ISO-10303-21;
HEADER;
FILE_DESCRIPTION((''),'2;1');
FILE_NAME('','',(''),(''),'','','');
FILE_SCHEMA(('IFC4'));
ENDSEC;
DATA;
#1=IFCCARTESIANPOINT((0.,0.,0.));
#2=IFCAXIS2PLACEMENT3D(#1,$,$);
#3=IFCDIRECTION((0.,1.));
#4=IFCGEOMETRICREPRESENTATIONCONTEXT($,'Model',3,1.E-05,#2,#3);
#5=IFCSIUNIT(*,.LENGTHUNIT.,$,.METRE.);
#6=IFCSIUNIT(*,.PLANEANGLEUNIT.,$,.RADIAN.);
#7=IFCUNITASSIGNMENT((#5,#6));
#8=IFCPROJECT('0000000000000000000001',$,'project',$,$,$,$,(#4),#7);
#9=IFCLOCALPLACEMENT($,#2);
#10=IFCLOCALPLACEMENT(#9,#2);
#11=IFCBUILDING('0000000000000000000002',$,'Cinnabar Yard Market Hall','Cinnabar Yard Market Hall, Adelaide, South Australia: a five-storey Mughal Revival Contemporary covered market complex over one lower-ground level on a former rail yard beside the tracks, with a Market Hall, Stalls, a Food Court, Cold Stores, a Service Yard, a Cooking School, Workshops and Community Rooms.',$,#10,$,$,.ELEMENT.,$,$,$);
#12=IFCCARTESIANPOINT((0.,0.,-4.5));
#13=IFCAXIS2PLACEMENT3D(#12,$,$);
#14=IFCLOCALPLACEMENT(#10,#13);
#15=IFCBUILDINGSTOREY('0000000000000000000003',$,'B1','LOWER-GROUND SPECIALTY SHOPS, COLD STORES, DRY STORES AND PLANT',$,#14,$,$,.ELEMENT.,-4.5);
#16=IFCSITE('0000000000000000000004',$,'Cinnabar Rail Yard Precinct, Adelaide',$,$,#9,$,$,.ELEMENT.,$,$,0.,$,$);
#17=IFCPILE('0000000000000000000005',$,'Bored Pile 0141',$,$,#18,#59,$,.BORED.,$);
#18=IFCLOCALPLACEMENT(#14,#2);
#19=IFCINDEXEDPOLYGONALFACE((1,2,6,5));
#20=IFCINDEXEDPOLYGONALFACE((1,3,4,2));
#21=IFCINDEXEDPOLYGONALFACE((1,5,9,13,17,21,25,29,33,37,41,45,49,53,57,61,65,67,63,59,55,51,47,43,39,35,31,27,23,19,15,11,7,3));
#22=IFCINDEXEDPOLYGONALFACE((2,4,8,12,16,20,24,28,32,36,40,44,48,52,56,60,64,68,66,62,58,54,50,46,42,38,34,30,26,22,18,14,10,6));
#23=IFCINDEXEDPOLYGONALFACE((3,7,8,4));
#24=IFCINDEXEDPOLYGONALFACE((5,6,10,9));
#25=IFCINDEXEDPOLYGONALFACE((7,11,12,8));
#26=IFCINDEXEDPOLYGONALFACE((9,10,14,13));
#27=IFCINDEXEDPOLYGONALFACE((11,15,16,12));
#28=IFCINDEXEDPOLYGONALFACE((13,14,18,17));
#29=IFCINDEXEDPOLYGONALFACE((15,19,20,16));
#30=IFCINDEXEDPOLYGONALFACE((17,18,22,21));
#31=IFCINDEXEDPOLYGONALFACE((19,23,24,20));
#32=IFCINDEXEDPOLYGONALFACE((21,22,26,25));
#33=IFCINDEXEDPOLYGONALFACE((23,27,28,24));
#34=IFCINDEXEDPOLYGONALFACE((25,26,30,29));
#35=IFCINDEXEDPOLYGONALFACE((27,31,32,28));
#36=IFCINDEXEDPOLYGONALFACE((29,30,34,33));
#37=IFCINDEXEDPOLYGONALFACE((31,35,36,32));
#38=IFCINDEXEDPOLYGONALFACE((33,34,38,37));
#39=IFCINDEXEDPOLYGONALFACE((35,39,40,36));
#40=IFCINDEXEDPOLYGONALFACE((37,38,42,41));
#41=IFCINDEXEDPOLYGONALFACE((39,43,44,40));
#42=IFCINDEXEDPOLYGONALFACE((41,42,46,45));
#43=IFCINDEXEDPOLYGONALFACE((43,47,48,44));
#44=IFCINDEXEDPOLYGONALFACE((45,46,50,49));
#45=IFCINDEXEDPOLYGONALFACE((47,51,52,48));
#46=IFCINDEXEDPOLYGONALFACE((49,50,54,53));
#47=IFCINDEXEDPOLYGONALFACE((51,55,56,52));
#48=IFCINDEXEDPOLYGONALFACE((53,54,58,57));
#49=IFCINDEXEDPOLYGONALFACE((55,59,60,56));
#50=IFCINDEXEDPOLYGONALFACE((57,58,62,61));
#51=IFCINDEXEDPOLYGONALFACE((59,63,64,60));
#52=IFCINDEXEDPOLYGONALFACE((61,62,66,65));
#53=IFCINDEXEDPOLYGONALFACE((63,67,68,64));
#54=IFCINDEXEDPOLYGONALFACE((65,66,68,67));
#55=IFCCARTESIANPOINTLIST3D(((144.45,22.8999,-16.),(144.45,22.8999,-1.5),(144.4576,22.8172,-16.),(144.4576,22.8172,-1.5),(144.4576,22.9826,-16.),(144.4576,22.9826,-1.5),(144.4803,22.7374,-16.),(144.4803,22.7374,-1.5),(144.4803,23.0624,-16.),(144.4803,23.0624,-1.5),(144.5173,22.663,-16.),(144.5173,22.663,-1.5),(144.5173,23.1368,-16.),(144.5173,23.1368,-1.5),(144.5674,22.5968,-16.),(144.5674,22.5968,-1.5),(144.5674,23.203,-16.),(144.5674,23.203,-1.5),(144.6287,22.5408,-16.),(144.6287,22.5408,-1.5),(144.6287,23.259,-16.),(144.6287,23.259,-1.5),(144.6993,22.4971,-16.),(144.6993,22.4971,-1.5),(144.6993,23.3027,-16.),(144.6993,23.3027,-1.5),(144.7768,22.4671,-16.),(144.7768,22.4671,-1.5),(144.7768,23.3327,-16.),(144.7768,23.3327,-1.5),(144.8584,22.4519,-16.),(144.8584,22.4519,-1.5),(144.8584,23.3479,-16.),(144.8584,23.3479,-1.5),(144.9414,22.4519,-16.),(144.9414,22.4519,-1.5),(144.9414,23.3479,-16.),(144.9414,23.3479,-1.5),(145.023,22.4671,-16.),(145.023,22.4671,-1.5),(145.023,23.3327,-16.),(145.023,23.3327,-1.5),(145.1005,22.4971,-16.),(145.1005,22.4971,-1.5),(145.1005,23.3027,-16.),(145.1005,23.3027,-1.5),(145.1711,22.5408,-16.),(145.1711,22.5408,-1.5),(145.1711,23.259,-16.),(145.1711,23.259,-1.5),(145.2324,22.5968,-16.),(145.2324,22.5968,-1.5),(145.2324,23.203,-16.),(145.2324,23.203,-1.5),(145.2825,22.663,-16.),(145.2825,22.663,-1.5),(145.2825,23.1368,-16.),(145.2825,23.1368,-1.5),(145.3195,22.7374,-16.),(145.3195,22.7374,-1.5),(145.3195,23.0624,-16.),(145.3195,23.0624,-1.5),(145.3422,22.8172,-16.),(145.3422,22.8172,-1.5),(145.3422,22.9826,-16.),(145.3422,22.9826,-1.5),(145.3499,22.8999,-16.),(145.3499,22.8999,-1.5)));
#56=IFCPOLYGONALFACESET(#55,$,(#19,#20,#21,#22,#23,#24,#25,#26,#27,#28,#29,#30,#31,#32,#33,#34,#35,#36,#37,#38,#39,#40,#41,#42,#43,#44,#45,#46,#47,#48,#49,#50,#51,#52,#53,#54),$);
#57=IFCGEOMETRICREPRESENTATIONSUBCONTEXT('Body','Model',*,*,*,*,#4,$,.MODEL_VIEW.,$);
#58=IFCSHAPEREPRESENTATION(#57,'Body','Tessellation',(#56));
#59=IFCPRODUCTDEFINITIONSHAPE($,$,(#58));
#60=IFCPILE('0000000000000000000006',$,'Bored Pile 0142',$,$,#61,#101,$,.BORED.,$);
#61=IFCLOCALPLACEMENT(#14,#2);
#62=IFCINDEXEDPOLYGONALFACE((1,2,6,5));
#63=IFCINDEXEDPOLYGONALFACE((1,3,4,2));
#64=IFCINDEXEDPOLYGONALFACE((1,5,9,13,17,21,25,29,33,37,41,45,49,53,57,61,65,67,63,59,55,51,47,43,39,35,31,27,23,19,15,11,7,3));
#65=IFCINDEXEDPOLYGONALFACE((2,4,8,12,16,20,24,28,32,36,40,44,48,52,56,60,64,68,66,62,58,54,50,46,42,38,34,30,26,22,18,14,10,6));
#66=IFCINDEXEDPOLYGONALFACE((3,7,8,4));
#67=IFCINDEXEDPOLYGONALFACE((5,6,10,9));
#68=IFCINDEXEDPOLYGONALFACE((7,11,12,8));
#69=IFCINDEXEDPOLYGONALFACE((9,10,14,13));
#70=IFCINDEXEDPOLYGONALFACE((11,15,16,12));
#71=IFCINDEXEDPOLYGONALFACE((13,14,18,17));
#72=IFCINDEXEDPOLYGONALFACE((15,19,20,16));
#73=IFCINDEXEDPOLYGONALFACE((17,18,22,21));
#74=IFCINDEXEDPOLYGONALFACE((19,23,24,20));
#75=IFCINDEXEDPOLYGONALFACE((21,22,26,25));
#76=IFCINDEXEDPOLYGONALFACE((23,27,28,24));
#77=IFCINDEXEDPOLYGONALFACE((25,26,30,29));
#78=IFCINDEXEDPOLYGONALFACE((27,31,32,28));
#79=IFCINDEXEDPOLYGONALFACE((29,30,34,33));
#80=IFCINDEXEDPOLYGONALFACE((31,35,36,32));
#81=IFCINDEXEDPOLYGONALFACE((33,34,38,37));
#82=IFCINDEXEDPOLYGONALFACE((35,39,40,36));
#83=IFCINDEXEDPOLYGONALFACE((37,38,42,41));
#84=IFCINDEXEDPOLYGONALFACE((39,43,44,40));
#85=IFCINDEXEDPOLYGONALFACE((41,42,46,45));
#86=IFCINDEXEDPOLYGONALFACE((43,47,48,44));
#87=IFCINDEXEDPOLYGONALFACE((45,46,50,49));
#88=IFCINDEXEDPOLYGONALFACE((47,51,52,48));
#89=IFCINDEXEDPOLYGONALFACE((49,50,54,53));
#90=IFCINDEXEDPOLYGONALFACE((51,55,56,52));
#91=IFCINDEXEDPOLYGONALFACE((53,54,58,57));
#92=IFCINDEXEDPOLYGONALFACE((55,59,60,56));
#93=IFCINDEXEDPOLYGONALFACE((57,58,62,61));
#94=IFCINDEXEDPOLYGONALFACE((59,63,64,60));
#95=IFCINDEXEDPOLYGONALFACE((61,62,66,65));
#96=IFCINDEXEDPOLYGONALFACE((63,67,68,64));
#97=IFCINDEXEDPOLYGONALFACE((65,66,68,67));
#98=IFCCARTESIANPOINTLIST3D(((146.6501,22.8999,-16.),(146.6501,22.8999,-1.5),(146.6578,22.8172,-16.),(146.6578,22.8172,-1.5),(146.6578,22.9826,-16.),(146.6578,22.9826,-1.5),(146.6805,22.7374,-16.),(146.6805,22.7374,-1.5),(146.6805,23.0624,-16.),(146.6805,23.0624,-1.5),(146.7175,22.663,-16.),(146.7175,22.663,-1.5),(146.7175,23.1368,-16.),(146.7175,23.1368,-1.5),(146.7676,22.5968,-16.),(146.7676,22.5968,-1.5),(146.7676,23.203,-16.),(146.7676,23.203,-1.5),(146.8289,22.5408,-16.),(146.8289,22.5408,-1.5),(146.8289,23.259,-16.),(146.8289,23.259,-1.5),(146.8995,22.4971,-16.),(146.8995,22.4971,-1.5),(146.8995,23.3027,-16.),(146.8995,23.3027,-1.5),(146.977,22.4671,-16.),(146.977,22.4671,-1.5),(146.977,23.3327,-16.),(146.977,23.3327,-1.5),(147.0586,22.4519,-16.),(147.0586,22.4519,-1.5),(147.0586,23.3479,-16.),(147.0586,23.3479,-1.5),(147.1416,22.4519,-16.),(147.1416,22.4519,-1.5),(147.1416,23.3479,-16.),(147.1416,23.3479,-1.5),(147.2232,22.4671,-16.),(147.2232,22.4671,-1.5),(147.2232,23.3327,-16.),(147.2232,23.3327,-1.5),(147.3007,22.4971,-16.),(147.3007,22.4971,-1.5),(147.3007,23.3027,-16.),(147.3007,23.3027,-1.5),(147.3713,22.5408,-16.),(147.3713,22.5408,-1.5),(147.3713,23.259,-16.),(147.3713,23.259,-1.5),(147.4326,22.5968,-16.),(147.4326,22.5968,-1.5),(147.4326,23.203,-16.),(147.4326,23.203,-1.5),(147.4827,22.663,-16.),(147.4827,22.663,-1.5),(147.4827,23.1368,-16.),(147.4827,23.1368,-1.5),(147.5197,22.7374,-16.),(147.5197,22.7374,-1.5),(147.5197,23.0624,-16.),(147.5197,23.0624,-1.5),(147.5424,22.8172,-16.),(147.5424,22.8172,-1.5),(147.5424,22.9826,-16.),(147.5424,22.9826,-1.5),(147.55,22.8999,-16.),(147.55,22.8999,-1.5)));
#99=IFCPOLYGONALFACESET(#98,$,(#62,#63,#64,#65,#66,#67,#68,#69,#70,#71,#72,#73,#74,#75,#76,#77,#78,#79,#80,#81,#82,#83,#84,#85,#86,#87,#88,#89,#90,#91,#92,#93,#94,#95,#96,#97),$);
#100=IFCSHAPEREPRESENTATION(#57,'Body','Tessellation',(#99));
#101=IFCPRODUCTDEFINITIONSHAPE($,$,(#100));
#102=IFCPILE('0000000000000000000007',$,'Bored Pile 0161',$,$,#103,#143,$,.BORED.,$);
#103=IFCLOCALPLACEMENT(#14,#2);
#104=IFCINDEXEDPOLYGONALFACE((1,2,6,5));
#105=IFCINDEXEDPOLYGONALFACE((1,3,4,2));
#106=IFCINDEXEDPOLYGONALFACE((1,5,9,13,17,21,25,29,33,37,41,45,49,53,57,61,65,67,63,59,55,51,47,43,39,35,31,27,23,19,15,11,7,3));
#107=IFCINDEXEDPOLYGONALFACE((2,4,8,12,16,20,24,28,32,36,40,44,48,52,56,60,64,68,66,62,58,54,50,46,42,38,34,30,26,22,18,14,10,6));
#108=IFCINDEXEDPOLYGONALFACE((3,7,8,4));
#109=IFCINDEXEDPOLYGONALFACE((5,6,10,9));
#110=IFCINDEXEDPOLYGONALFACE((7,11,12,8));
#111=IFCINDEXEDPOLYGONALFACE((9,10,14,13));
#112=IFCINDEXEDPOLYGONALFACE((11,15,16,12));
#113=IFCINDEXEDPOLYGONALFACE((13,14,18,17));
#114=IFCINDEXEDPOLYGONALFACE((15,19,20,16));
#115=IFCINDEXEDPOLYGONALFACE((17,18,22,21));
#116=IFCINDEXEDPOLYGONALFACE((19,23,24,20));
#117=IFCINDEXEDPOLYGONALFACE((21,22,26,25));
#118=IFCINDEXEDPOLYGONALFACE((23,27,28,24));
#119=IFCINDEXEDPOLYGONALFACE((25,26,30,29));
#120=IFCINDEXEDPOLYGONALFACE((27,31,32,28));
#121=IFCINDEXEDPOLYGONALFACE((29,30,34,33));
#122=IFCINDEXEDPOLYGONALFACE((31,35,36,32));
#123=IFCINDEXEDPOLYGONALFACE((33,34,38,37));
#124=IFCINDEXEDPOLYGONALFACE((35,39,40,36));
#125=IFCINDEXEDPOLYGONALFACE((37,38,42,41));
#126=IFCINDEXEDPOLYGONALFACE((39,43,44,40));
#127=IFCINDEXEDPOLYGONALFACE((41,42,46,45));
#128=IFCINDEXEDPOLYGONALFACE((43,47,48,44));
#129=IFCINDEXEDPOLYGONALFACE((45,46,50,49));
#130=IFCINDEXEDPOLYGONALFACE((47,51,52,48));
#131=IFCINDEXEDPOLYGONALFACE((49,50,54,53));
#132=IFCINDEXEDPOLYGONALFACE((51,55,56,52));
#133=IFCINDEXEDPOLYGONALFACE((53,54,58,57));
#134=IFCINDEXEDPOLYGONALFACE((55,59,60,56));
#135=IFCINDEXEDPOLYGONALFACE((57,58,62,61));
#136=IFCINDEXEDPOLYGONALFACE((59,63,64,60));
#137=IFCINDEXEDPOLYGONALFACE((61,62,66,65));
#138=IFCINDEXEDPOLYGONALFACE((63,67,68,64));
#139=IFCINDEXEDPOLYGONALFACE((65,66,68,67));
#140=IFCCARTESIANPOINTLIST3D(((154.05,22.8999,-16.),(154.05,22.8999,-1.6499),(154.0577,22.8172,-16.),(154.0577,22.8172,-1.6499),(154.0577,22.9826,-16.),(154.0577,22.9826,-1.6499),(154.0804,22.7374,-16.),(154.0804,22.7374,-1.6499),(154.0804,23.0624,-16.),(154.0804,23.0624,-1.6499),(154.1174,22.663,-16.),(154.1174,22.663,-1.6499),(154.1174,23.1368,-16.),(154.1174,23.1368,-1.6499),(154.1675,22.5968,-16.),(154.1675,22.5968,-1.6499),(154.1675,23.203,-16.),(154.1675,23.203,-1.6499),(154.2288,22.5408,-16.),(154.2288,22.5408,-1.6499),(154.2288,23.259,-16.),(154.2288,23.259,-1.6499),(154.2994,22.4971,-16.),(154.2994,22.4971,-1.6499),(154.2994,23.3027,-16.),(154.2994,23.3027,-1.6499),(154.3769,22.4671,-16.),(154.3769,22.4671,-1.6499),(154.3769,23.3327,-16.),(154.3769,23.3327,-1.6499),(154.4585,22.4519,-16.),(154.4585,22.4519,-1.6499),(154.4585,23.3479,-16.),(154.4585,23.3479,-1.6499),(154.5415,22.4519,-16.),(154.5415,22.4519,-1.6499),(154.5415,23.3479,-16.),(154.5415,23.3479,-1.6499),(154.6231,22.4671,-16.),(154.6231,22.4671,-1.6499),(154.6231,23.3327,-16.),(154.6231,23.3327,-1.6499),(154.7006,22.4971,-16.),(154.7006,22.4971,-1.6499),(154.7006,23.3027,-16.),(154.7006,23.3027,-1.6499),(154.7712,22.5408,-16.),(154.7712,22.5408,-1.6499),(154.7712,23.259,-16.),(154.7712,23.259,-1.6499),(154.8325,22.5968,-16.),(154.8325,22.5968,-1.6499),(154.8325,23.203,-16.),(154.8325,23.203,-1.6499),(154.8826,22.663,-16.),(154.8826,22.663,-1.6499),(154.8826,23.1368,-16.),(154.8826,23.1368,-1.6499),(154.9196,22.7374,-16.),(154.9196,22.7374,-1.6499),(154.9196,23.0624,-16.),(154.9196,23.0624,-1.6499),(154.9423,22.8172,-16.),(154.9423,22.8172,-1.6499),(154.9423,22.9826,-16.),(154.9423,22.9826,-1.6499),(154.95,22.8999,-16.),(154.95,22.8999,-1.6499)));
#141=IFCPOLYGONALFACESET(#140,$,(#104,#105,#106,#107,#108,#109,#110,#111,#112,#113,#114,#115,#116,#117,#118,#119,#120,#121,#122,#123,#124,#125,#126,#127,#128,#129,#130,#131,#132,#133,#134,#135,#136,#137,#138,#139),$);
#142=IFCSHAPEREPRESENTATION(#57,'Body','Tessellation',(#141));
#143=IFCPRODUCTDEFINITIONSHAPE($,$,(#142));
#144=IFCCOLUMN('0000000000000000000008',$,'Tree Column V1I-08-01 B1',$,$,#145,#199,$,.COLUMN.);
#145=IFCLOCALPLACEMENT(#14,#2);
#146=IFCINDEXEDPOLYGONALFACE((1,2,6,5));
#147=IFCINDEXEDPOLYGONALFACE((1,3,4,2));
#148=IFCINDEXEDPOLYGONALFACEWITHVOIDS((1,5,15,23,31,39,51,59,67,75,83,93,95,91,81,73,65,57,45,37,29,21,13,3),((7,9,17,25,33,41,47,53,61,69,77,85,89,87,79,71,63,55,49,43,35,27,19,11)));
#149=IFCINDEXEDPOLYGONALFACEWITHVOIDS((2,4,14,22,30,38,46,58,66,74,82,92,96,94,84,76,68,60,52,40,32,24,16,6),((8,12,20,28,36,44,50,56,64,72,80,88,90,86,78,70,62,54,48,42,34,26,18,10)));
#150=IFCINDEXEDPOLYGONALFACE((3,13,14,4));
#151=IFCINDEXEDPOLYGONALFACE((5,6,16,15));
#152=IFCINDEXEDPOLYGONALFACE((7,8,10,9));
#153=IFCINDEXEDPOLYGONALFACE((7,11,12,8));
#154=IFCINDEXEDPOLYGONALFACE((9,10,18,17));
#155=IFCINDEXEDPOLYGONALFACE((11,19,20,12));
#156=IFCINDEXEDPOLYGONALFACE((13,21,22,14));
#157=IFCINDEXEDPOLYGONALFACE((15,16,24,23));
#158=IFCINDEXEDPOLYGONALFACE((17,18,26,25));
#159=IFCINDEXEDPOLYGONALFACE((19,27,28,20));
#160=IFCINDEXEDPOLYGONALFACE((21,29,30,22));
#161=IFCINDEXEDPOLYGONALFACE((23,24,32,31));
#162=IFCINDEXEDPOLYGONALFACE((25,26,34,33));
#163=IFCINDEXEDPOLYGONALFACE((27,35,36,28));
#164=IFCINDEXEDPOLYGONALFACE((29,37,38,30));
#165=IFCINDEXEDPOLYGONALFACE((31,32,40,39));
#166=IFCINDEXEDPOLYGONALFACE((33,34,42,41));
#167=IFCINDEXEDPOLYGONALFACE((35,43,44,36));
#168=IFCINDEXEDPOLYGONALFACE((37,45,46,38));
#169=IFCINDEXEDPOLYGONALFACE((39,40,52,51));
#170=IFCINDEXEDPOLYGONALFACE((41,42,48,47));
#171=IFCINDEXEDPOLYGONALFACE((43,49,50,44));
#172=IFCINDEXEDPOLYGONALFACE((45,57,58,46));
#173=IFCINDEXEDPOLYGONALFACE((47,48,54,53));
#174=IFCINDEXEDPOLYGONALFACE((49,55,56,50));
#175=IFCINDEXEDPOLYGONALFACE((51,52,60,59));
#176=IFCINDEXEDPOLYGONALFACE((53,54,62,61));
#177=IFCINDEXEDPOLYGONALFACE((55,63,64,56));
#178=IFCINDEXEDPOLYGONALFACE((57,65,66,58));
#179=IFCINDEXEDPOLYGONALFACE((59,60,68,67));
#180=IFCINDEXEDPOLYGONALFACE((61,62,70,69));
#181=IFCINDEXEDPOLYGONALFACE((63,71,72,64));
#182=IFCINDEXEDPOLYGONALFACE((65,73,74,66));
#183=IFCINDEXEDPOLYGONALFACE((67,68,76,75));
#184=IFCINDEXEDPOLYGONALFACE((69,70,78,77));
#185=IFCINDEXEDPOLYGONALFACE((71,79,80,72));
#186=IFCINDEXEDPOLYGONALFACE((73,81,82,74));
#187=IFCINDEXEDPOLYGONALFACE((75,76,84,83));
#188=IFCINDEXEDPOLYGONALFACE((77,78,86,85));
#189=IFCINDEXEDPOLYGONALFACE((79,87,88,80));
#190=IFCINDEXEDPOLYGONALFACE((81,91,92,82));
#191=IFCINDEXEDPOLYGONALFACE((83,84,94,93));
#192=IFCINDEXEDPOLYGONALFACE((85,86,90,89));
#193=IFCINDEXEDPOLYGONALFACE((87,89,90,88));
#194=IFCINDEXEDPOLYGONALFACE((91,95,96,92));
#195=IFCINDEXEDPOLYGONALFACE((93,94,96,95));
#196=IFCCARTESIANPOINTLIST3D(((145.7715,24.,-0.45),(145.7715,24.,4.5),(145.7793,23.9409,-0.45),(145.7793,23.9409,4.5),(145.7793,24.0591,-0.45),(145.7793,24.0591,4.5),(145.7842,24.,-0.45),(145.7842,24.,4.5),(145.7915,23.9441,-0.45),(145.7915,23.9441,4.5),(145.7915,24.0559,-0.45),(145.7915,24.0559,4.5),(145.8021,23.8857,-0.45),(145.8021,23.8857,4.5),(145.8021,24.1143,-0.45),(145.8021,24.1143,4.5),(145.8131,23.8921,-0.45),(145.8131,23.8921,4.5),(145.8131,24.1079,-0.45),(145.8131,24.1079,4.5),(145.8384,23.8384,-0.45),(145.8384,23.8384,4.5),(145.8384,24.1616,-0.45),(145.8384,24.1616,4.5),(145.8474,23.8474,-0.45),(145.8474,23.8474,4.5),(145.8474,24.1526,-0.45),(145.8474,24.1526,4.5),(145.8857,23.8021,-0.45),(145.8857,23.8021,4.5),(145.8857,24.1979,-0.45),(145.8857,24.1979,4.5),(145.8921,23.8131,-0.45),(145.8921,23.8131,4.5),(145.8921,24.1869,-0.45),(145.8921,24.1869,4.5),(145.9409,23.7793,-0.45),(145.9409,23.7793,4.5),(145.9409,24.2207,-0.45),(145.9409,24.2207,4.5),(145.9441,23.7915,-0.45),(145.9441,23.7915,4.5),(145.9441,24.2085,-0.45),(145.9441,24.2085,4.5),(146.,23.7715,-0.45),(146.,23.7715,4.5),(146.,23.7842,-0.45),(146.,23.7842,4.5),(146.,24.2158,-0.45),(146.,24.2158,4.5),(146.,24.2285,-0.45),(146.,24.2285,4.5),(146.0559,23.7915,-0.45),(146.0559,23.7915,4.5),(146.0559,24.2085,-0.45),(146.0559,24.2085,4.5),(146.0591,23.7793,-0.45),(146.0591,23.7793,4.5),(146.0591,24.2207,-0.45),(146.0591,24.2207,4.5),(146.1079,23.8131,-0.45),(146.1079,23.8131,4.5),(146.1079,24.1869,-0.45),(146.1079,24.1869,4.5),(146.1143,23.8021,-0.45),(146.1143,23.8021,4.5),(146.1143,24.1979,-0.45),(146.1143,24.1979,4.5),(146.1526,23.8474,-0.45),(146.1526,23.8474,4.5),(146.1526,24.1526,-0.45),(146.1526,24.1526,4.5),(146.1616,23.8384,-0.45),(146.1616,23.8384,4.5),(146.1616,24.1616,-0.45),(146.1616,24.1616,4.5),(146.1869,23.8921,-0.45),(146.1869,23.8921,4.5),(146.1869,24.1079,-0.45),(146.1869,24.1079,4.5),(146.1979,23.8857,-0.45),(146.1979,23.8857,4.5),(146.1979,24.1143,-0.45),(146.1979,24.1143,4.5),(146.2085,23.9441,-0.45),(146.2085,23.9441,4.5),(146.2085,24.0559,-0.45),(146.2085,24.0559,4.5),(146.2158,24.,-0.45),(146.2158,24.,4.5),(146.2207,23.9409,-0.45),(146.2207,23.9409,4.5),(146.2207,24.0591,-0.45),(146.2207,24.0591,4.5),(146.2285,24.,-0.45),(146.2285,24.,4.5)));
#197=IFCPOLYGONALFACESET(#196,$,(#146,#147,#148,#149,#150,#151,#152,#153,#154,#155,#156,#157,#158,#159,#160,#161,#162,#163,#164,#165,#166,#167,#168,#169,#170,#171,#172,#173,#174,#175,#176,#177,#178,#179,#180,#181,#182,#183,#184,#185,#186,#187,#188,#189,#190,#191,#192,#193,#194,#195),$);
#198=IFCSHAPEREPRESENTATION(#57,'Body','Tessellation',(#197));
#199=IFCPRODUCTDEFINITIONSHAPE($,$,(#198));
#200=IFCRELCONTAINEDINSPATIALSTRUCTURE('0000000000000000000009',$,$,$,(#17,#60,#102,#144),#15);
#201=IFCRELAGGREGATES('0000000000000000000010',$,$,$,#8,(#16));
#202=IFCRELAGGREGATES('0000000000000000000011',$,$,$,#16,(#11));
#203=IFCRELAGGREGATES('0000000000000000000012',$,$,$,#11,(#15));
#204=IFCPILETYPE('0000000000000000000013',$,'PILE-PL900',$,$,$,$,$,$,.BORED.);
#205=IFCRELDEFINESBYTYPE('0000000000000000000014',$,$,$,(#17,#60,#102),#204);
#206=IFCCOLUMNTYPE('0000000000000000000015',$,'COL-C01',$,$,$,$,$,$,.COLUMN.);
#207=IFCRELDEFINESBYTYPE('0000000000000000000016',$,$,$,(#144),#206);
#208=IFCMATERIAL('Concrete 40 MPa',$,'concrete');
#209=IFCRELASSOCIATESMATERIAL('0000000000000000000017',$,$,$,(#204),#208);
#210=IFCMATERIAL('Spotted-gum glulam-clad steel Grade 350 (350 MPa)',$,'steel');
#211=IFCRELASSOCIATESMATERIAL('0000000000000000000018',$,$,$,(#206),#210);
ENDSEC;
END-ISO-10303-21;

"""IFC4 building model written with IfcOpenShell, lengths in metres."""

from ifc_helpers import new_model, si_unit, direction, frame, origin, origin_2d_with_axis, place, context, subcontext, project, spatial, circle, hollow_circle, extrude, material, material_profile, profile_set, type_object, element, save


model = new_model("IFC4")

# Units and contexts
model_context = context("Model", 3, precision=1e-05, world=origin(), true_north=direction((0.0, 1.0)))
body_context = subcontext(model_context, "Body", "Model", "MODEL_VIEW")
ifc_project = project(units=[si_unit("LENGTHUNIT", "METRE"), si_unit("PLANEANGLEUNIT", "RADIAN")], contexts=[model_context])

# Site, building, storey
site_placement = place(None, origin())
site = spatial("IfcSite", under=ifc_project, at=site_placement, Name="Cinnabar Rail Yard Precinct, Adelaide", CompositionType="ELEMENT", RefElevation=0.0)
building_placement = place(site_placement, origin())
building = spatial("IfcBuilding", under=site, at=building_placement, Name="Cinnabar Yard Market Hall", Description="Cinnabar Yard Market Hall, Adelaide, South Australia: a five-storey Mughal Revival Contemporary covered market complex over one lower-ground level on a former rail yard beside the tracks, with a Market Hall, Stalls, a Food Court, Cold Stores, a Service Yard, a Cooking School, Workshops and Community Rooms.", CompositionType="ELEMENT")
storey_placement = place(building_placement, frame((0.0, 0.0, -4.5)))
storey = spatial("IfcBuildingStorey", under=building, at=storey_placement, Name="B1", Description="LOWER-GROUND SPECIALTY SHOPS, COLD STORES, DRY STORES AND PLANT", CompositionType="ELEMENT", Elevation=-4.5)

# Shared definitions
ifc_material_1 = material(Name="Concrete 40 MPa", Category="concrete")

# Piles
ifc_material_profile_1 = material_profile(ifc_material_1, circle(Radius=0.45, at=origin_2d_with_axis()), Name="PILE-D900")
ifc_profile_set_1 = profile_set([ifc_material_profile_1], Name="Concrete 40 MPa")
pile_type_1 = type_object("IfcPileType", Name="PILE-PL900", PredefinedType="BORED", material=ifc_profile_set_1)
for number, where, z_axis, x_axis, name in (
    (1, (144.8999, 22.8999, -1.5), (0.0, 0.0, -1.0), (1.0, 0.0, 0.0), "Bored Pile 0141"),
    (2, (147.1001, 22.8999, -1.5), (0.0, 0.0, -1.0), (1.0, 0.0, 0.0), "Bored Pile 0142"),
):
    element("IfcPile", number, at=place(storey_placement, frame(where, z_axis=z_axis, x_axis=x_axis)), inside=storey, type_object=pile_type_1, Name=name, PredefinedType="BORED", context=body_context, shape_type="SweptSolid", body=[
        extrude(circle(Radius=0.45, at=origin_2d_with_axis()), origin(), (0.0, 0.0, 1.0), 14.5),
    ])
pile_1_placement = place(storey_placement, frame((154.5, 22.8999, -1.6499), z_axis=(0.0, 0.0, -1.0), x_axis=(1.0, 0.0, 0.0)))
element("IfcPile", 3, at=pile_1_placement, inside=storey, type_object=pile_type_1, Name="Bored Pile 0161", PredefinedType="BORED", context=body_context, shape_type="SweptSolid", body=[
    extrude(circle(Radius=0.45, at=origin_2d_with_axis()), origin(), (0.0, 0.0, 1.0), 14.3501),
])

# Column
ifc_material_2 = material(Name="Spotted-gum glulam-clad steel Grade 350 (350 MPa)", Category="steel")
ifc_material_profile_2 = material_profile(ifc_material_2, hollow_circle(Radius=0.2285, WallThickness=0.0127, at=origin_2d_with_axis()), Name="457.0x12.7CHS")
ifc_profile_set_2 = profile_set([ifc_material_profile_2], Name="Spotted-gum glulam-clad steel Grade 350 (350 MPa)")
column_type_1 = type_object("IfcColumnType", Name="COL-C01", PredefinedType="COLUMN", material=ifc_profile_set_2)
for number, where, z_axis, x_axis, name in (
    (4, (146.0, 24.0, -0.45), (0.0, 0.0, 1.0), (1.0, 0.0, 0.0), "Tree Column V1I-08-01 B1"),
):
    element("IfcColumn", number, at=place(storey_placement, frame(where, z_axis=z_axis, x_axis=x_axis)), inside=storey, type_object=column_type_1, Name=name, PredefinedType="COLUMN", context=body_context, shape_type="SweptSolid", body=[
        extrude(hollow_circle(Radius=0.2285, WallThickness=0.0127, at=origin_2d_with_axis()), origin(), (0.0, 0.0, 1.0), 4.95),
    ])

save(model, "model.ifc")
